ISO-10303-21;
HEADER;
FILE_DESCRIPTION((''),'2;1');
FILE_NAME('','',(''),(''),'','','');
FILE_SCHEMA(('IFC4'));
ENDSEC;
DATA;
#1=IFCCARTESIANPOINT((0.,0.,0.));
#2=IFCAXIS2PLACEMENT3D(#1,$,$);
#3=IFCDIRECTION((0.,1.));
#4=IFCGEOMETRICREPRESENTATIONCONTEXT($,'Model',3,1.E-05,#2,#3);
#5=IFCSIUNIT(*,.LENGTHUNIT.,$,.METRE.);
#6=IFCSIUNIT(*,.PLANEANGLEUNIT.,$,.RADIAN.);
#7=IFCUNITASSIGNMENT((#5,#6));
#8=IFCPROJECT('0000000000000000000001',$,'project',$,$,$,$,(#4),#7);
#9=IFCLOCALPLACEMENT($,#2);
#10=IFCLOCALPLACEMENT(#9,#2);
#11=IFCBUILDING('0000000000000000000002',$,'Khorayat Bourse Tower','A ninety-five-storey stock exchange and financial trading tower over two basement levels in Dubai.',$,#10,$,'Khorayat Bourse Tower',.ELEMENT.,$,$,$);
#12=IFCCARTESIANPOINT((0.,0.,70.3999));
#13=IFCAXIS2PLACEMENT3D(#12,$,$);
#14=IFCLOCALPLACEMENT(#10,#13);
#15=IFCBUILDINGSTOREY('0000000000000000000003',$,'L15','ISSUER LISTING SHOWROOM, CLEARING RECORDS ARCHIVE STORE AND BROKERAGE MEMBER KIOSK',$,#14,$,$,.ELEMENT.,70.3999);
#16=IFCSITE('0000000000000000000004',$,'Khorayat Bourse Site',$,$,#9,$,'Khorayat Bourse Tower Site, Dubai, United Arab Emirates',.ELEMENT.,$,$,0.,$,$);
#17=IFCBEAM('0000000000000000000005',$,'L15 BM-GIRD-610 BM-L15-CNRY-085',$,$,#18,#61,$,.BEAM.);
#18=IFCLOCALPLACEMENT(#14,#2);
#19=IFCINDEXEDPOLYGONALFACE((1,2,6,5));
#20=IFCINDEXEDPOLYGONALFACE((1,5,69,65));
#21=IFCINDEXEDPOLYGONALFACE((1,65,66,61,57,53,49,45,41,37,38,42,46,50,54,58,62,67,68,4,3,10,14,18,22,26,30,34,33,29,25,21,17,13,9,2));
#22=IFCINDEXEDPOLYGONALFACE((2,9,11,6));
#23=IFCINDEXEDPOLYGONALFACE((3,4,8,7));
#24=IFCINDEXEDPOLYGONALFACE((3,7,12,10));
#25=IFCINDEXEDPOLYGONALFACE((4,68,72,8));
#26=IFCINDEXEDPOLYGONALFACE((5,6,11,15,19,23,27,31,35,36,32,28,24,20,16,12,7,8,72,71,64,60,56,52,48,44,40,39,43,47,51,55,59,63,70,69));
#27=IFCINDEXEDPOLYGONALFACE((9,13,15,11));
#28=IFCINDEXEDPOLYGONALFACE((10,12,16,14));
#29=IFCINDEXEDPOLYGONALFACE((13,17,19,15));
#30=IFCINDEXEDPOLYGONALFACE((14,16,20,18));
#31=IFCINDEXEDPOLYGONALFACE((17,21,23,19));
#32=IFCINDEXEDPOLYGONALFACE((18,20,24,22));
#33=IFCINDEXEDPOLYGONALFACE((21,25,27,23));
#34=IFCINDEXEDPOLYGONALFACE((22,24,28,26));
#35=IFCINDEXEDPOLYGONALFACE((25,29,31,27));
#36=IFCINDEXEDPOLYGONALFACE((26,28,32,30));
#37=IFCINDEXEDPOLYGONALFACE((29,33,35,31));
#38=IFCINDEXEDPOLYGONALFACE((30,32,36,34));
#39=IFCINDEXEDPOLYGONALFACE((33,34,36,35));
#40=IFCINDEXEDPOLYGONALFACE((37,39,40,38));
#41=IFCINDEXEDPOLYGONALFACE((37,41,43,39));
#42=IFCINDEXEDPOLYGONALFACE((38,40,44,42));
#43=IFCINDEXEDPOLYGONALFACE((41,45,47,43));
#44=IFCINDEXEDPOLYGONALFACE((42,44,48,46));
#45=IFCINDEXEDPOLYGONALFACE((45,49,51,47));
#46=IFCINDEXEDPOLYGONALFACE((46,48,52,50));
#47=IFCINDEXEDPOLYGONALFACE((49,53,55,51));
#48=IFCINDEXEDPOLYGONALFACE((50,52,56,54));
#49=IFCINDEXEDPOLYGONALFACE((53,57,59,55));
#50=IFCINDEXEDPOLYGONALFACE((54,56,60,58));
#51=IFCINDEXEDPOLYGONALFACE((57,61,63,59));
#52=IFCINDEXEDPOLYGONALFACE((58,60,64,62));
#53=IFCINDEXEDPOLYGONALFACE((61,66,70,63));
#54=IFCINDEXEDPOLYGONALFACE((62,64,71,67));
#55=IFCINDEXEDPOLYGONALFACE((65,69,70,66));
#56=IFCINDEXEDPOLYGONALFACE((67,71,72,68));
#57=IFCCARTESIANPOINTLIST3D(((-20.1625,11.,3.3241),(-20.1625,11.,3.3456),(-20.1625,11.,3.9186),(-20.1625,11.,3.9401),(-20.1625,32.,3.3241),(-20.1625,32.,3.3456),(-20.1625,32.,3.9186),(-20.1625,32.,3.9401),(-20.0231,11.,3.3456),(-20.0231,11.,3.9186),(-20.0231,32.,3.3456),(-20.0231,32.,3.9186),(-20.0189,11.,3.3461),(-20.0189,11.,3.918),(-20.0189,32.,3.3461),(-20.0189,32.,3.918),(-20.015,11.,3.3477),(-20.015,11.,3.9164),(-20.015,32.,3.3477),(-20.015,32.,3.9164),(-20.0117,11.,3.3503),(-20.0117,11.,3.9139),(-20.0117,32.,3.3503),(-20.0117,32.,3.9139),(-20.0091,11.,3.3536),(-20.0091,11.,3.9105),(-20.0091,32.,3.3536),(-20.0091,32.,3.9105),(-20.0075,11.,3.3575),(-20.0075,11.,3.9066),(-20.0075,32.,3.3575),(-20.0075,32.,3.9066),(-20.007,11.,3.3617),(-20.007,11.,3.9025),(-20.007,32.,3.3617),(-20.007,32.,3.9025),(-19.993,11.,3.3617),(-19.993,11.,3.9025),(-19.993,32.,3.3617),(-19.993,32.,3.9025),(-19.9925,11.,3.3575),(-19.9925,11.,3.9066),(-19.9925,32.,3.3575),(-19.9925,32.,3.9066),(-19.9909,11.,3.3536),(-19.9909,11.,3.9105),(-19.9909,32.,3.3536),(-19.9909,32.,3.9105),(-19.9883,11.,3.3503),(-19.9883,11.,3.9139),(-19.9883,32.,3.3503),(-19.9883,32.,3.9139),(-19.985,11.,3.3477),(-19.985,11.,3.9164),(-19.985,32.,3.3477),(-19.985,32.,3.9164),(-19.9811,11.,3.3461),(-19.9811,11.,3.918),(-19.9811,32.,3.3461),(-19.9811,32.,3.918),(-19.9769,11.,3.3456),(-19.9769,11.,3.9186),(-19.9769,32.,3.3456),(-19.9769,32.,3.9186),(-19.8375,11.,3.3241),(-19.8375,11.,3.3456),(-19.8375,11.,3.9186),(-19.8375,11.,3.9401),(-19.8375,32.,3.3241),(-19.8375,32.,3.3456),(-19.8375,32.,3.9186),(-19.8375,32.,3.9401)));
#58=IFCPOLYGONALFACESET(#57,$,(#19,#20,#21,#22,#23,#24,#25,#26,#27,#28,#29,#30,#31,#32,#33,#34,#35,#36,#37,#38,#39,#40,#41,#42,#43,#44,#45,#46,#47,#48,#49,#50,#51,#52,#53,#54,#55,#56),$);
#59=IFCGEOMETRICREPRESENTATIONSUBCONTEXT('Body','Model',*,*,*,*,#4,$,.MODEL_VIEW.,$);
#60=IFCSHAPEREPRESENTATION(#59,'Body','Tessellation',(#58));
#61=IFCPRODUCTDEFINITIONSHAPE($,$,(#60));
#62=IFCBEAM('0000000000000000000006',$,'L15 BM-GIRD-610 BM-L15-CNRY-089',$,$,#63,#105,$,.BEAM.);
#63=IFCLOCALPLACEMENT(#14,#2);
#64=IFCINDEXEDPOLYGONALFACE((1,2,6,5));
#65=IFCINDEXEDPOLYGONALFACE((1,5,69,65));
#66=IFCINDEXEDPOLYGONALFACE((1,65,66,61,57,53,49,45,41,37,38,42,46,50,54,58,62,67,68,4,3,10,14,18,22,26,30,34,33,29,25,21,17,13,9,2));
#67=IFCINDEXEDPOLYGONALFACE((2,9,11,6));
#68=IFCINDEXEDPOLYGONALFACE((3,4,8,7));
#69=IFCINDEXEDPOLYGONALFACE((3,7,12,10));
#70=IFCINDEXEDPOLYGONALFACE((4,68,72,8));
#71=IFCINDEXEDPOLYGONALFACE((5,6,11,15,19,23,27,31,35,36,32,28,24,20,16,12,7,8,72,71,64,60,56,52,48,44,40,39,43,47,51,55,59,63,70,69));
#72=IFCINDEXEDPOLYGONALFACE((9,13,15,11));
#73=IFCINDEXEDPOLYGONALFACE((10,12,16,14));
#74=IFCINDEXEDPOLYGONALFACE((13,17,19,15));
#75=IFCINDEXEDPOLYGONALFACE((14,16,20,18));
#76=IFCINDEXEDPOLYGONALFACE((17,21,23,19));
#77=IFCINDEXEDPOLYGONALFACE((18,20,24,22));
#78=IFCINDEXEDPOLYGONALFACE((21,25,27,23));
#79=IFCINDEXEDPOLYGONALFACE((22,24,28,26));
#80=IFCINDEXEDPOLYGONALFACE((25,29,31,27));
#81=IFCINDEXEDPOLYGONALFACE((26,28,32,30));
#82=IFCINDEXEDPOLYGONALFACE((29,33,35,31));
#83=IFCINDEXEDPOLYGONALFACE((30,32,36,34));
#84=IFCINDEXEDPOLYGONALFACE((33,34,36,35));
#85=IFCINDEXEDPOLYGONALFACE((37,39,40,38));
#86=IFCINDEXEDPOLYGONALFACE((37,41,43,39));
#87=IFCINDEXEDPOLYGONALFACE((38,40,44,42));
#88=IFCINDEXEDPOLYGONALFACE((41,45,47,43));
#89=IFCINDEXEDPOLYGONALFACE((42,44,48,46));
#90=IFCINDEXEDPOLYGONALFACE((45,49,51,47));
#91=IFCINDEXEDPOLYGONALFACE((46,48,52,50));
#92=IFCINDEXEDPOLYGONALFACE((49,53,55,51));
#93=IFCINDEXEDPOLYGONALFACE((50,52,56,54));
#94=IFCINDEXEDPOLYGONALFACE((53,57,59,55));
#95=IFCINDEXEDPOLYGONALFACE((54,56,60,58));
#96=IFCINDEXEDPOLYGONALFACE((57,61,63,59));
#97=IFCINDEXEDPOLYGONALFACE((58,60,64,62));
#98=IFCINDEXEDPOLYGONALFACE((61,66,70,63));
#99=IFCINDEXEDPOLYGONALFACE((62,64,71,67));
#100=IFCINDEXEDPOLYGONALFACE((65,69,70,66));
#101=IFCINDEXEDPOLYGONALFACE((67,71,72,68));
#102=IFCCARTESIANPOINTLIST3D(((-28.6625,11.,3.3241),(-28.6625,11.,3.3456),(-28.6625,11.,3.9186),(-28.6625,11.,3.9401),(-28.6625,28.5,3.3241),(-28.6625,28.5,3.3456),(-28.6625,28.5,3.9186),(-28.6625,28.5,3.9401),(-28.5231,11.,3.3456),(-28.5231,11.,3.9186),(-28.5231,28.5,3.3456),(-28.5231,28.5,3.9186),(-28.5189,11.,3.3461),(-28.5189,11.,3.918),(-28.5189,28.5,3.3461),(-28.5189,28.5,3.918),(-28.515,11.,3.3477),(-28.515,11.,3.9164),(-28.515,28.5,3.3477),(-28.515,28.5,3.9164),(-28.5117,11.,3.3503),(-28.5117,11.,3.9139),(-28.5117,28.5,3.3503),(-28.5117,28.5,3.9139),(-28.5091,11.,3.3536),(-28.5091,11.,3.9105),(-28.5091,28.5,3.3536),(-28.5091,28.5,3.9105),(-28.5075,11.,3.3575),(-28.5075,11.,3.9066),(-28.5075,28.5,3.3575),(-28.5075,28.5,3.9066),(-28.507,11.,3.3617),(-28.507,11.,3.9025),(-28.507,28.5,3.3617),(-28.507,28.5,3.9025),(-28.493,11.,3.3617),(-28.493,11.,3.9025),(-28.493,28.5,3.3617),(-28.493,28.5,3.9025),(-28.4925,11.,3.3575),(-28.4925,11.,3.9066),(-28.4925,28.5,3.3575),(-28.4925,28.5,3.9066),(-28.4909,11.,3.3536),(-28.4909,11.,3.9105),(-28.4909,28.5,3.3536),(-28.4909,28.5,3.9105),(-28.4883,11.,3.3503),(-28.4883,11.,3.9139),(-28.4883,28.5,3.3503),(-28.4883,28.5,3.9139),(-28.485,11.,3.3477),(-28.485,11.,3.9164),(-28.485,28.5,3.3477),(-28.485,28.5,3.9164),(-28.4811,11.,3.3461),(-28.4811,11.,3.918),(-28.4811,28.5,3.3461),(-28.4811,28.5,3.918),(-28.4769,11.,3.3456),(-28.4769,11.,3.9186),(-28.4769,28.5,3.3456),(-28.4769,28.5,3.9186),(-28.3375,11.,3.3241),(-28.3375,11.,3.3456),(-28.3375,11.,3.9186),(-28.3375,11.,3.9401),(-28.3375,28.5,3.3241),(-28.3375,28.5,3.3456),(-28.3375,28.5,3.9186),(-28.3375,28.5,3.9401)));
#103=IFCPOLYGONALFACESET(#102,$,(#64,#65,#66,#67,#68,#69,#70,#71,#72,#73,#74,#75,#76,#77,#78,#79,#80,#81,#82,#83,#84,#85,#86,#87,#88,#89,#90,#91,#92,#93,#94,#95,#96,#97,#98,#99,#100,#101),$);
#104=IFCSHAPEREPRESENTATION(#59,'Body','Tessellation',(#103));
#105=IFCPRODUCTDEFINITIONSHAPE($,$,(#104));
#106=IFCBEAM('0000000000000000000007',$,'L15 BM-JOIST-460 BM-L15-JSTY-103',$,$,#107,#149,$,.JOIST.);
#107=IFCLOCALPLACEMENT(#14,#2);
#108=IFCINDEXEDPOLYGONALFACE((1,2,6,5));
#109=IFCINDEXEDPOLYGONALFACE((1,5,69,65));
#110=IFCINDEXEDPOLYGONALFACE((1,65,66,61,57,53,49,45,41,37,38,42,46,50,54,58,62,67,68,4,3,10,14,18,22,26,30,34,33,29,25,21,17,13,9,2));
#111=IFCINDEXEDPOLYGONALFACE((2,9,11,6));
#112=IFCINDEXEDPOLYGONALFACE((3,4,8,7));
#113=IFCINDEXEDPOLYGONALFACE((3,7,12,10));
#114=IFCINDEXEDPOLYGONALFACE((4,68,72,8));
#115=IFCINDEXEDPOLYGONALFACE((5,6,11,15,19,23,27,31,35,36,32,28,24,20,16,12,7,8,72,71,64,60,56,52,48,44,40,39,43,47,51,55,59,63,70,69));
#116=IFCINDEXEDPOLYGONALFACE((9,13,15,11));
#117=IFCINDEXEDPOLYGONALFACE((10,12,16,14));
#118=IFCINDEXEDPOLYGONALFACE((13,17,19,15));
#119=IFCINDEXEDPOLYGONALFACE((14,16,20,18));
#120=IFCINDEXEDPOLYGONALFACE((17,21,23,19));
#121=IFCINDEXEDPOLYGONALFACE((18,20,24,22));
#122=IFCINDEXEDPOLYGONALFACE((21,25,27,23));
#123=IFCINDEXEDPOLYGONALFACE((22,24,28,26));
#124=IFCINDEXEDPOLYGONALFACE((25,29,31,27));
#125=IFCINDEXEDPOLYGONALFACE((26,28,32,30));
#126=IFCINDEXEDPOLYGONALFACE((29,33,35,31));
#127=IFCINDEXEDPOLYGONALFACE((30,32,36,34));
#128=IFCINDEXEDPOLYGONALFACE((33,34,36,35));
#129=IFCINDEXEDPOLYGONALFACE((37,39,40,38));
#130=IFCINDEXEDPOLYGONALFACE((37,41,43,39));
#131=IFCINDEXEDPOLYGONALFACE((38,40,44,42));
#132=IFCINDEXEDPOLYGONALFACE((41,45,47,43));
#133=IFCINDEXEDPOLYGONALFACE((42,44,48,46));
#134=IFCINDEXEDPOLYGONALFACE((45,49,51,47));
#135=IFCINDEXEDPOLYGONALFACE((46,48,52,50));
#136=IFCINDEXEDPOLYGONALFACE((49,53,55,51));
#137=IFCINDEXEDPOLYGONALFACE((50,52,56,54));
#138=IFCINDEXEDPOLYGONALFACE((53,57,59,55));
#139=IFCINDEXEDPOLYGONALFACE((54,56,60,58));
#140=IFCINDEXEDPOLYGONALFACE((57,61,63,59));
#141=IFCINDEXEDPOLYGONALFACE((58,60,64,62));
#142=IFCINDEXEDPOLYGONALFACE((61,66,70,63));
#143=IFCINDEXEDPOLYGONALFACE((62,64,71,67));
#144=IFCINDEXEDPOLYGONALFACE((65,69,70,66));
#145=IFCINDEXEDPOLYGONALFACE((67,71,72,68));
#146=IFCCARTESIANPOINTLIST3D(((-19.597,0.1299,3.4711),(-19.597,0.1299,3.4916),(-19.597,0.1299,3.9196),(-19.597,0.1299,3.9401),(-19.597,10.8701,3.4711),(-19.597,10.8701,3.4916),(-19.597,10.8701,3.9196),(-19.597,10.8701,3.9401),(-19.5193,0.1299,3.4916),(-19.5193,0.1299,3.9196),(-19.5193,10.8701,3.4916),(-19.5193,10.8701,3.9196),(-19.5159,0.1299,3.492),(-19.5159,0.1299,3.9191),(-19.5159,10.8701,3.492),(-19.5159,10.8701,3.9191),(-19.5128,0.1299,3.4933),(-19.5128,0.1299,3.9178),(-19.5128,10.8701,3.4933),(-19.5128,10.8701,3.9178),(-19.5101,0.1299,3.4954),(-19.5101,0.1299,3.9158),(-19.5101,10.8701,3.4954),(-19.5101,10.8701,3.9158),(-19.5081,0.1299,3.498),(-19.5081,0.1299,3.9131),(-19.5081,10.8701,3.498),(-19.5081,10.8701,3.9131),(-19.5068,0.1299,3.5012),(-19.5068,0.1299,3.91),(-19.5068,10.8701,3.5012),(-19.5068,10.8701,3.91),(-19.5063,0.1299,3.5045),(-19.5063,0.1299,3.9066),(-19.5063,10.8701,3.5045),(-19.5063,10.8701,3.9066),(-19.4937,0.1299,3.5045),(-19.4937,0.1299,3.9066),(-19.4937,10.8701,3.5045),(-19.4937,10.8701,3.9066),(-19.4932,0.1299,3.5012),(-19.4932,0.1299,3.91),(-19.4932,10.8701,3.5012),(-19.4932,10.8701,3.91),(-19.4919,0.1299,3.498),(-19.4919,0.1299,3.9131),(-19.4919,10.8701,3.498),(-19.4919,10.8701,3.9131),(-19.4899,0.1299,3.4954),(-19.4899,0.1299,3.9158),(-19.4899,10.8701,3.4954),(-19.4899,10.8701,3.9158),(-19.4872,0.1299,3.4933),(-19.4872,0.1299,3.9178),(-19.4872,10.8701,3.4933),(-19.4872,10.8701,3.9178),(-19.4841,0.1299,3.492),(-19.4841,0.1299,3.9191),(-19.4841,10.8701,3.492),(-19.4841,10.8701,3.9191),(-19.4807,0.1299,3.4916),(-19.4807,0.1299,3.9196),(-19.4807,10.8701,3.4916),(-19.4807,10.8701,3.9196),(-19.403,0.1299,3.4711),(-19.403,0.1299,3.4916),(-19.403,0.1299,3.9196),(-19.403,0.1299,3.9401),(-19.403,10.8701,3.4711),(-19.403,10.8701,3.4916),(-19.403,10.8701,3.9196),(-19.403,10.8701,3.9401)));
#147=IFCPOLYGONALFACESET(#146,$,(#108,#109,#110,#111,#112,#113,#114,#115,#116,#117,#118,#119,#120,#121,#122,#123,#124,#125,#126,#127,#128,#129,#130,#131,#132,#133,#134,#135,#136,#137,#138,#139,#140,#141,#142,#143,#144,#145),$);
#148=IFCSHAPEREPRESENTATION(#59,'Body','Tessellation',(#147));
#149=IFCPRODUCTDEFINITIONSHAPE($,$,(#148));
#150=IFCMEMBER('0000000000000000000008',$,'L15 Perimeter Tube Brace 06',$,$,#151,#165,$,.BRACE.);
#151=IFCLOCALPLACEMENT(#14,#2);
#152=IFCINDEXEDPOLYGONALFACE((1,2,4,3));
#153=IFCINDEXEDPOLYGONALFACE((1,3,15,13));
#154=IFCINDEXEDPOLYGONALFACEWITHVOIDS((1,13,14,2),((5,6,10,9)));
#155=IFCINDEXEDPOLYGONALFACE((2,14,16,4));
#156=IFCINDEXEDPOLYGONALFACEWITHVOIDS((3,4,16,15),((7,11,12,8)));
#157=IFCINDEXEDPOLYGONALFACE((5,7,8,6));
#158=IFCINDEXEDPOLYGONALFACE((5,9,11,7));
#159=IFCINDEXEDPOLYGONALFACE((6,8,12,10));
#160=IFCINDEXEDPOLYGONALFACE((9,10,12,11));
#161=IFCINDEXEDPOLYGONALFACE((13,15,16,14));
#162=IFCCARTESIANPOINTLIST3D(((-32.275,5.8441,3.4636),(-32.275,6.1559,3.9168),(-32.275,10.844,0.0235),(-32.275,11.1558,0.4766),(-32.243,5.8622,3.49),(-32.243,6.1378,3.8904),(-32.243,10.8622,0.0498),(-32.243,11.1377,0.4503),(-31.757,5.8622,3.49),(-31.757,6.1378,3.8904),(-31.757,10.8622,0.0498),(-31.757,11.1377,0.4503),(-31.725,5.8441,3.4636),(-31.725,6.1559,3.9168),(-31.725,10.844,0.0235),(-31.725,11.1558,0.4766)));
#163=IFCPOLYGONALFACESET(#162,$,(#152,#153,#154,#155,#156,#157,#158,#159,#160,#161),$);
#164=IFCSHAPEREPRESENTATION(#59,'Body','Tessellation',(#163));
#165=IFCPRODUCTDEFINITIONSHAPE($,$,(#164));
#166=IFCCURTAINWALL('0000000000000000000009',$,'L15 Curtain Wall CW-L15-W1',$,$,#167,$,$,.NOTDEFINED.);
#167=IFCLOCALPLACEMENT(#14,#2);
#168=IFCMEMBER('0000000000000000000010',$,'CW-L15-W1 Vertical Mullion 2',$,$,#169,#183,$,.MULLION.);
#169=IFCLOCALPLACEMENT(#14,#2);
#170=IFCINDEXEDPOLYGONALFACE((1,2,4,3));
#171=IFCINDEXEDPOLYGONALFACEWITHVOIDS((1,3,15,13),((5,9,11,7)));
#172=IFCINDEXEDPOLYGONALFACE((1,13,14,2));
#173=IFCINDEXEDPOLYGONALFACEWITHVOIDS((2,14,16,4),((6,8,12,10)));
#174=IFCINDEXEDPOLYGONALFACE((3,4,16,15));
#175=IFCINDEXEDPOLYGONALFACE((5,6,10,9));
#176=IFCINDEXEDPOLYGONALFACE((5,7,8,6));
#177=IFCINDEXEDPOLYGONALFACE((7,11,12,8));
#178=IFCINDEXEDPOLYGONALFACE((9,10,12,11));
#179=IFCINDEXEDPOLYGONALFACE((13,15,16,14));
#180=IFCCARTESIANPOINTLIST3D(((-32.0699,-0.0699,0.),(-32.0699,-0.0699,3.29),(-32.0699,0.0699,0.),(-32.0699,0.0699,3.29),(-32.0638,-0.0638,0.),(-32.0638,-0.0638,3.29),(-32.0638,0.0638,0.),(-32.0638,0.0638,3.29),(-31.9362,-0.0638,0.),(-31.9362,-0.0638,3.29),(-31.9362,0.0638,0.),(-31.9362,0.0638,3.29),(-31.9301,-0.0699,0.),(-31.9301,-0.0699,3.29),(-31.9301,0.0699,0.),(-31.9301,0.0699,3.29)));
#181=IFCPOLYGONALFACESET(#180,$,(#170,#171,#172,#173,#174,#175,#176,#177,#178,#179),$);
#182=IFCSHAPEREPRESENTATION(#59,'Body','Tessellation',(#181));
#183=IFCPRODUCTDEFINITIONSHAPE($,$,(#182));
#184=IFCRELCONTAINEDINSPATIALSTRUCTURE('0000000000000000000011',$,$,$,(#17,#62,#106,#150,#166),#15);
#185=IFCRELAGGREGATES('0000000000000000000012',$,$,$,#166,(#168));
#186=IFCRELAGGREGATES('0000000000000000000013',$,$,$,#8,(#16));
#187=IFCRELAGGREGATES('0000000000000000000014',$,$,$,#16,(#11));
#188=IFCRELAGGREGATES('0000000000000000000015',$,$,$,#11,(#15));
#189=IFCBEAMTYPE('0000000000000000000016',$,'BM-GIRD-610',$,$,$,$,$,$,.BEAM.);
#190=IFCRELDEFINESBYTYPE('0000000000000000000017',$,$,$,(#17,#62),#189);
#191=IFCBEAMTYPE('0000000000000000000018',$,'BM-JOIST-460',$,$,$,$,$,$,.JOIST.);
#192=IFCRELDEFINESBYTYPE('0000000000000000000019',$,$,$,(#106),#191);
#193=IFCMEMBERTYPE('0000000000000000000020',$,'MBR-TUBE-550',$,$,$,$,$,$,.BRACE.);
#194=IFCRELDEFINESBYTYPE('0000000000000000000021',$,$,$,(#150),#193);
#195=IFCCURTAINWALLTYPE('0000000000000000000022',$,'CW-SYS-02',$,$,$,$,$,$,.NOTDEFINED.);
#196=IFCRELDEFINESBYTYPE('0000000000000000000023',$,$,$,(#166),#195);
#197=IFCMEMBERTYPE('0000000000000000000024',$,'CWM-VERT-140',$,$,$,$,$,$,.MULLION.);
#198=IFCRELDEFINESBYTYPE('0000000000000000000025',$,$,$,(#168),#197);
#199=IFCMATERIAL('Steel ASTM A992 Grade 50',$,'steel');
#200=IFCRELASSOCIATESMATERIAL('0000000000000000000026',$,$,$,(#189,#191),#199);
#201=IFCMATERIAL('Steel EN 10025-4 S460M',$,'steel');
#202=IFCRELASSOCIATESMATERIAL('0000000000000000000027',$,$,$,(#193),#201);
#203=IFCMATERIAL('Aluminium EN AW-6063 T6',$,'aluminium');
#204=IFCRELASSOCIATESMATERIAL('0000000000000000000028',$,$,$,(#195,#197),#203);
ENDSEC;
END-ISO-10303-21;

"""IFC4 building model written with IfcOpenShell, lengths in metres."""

from ifc_helpers import new_model, si_unit, direction, frame, origin, origin_2d, place, context, subcontext, project, spatial, hollow_rectangle, i_section, extrude, source, transform, mapped, material, material_profile, profile_set, type_object, element, aggregate, save


model = new_model("IFC4")

# Units and contexts
model_context = context("Model", 3, precision=1e-05, world=origin(), true_north=direction((0.0, 1.0)))
body_context = subcontext(model_context, "Body", "Model", "MODEL_VIEW")
ifc_project = project(units=[si_unit("LENGTHUNIT", "METRE"), si_unit("PLANEANGLEUNIT", "RADIAN")], contexts=[model_context])

# Site, building, storey
site_placement = place(None, origin())
site = spatial("IfcSite", under=ifc_project, at=site_placement, Name="Khorayat Bourse Site", LongName="Khorayat Bourse Tower Site, Dubai, United Arab Emirates", CompositionType="ELEMENT", RefElevation=0.0)
building_placement = place(site_placement, origin())
building = spatial("IfcBuilding", under=site, at=building_placement, Name="Khorayat Bourse Tower", Description="A ninety-five-storey stock exchange and financial trading tower over two basement levels in Dubai.", LongName="Khorayat Bourse Tower", CompositionType="ELEMENT")
storey_placement = place(building_placement, frame((0.0, 0.0, 70.3999)))
storey = spatial("IfcBuildingStorey", under=building, at=storey_placement, Name="L15", Description="ISSUER LISTING SHOWROOM, CLEARING RECORDS ARCHIVE STORE AND BROKERAGE MEMBER KIOSK", CompositionType="ELEMENT", Elevation=70.3999)

# Shared definitions
ifc_material_1 = material(Name="Steel EN 10025-4 S460M", Category="steel")

# Beams
ifc_material_2 = material(Name="Steel ASTM A992 Grade 50", Category="steel")
ifc_material_profile_1 = material_profile(ifc_material_2, i_section(OverallWidth=0.325, OverallDepth=0.616, WebThickness=0.0139, FlangeThickness=0.0215, FilletRadius=0.0161, at=origin_2d()), Name="W610X174")
ifc_profile_set_1 = profile_set([ifc_material_profile_1], Name="Steel ASTM A992 Grade 50")
beam_type_1 = type_object("IfcBeamType", Name="BM-GIRD-610", PredefinedType="BEAM", material=ifc_profile_set_1)
shared_shape_1 = source(origin(), body_context, "Body", "SweptSolid", [
    extrude(i_section(OverallWidth=0.325, OverallDepth=0.616, WebThickness=0.0139, FlangeThickness=0.0215, FilletRadius=0.0161, at=origin_2d()), origin(), (0.0, 0.0, 1.0), 21.0),
])
beam_1_placement = place(storey_placement, frame((-20.0, 11.0, 3.6321), z_axis=(0.0, 1.0, 0.0), x_axis=(-1.0, 0.0, 0.0)))
element("IfcBeam", 1, at=beam_1_placement, inside=storey, type_object=beam_type_1, Name="L15 BM-GIRD-610 BM-L15-CNRY-085", PredefinedType="BEAM", context=body_context, shape_type="MappedRepresentation", body=[
    mapped(shared_shape_1, transform((0.0, 0.0, 0.0), scale=1.0)),
])
shared_shape_2 = source(origin(), body_context, "Body", "SweptSolid", [
    extrude(i_section(OverallWidth=0.325, OverallDepth=0.616, WebThickness=0.0139, FlangeThickness=0.0215, FilletRadius=0.0161, at=origin_2d()), origin(), (0.0, 0.0, 1.0), 17.5),
])
beam_2_placement = place(storey_placement, frame((-28.5, 11.0, 3.6321), z_axis=(0.0, 1.0, 0.0), x_axis=(-1.0, 0.0, 0.0)))
element("IfcBeam", 2, at=beam_2_placement, inside=storey, type_object=beam_type_1, Name="L15 BM-GIRD-610 BM-L15-CNRY-089", PredefinedType="BEAM", context=body_context, shape_type="MappedRepresentation", body=[
    mapped(shared_shape_2, transform((0.0, 0.0, 0.0), scale=1.0)),
])
ifc_material_profile_2 = material_profile(ifc_material_2, i_section(OverallWidth=0.1941, OverallDepth=0.469, WebThickness=0.0127, FlangeThickness=0.0205, FilletRadius=0.0129, at=origin_2d()), Name="W460X106")
ifc_profile_set_2 = profile_set([ifc_material_profile_2], Name="Steel ASTM A992 Grade 50")
beam_type_2 = type_object("IfcBeamType", Name="BM-JOIST-460", PredefinedType="JOIST", material=ifc_profile_set_2)
shared_shape_3 = source(origin(), body_context, "Body", "SweptSolid", [
    extrude(i_section(OverallWidth=0.1941, OverallDepth=0.469, WebThickness=0.0127, FlangeThickness=0.0205, FilletRadius=0.0129, at=origin_2d()), origin(), (0.0, 0.0, 1.0), 10.7402),
])
beam_3_placement = place(storey_placement, frame((-19.5, 0.1299, 3.7056), z_axis=(0.0, 1.0, 0.0), x_axis=(-1.0, 0.0, 0.0)))
element("IfcBeam", 3, at=beam_3_placement, inside=storey, type_object=beam_type_2, Name="L15 BM-JOIST-460 BM-L15-JSTY-103", PredefinedType="JOIST", context=body_context, shape_type="MappedRepresentation", body=[
    mapped(shared_shape_3, transform((0.0, 0.0, 0.0), scale=1.0)),
])

# Member
ifc_material_profile_3 = material_profile(ifc_material_1, hollow_rectangle(XDim=0.55, YDim=0.55, WallThickness=0.032, at=origin_2d()), Name="HSS 550x550x32")
ifc_profile_set_3 = profile_set([ifc_material_profile_3], Name="Steel EN 10025-4 S460M")
member_type_1 = type_object("IfcMemberType", Name="MBR-TUBE-550", PredefinedType="BRACE", material=ifc_profile_set_3)
shared_shape_4 = source(origin(), body_context, "Body", "SweptSolid", [
    extrude(hollow_rectangle(XDim=0.55, YDim=0.55, WallThickness=0.032, at=origin_2d()), origin(), (0.0, 0.0, 1.0), 6.0691),
])
member_1_placement = place(storey_placement, frame((-32.0, 6.0, 3.6902), z_axis=(0.0, 0.823835, -0.566829), x_axis=(-1.0, 0.0, 0.0)))
element("IfcMember", 4, at=member_1_placement, inside=storey, type_object=member_type_1, Name="L15 Perimeter Tube Brace 06", PredefinedType="BRACE", context=body_context, shape_type="MappedRepresentation", body=[
    mapped(shared_shape_4, transform((0.0, 0.0, 0.0), scale=1.0)),
])

# Curtain wall, member
ifc_material_3 = material(Name="Aluminium EN AW-6063 T6", Category="aluminium")
curtain_wall_type = type_object("IfcCurtainWallType", Name="CW-SYS-02", PredefinedType="NOTDEFINED", material=ifc_material_3)
curtain_wall_placement = place(storey_placement, origin())
curtain_wall = element("IfcCurtainWall", 5, at=curtain_wall_placement, inside=storey, type_object=curtain_wall_type, Name="L15 Curtain Wall CW-L15-W1", PredefinedType="NOTDEFINED")
ifc_material_profile_4 = material_profile(ifc_material_3, hollow_rectangle(XDim=0.1399, YDim=0.1399, WallThickness=0.0061, at=origin_2d()), Name="ALU 140x140x6")
ifc_profile_set_4 = profile_set([ifc_material_profile_4], Name="Aluminium EN AW-6063 T6")
member_type_2 = type_object("IfcMemberType", Name="CWM-VERT-140", PredefinedType="MULLION", material=ifc_profile_set_4)
shared_shape_5 = source(origin(), body_context, "Body", "SweptSolid", [
    extrude(hollow_rectangle(XDim=0.1399, YDim=0.1399, WallThickness=0.0061, at=origin_2d()), origin(), (0.0, 0.0, 1.0), 3.29),
])
member_2_placement = place(storey_placement, frame((-32.0, 0.0, 0.0), z_axis=(0.0, 0.0, 1.0), x_axis=(-1.0, 0.0, 0.0)))
member_2 = element("IfcMember", 6, at=member_2_placement, type_object=member_type_2, Name="CW-L15-W1 Vertical Mullion 2", PredefinedType="MULLION", context=body_context, shape_type="MappedRepresentation", body=[
    mapped(shared_shape_5, transform((0.0, 0.0, 0.0), scale=1.0)),
])
aggregate(curtain_wall, [member_2])

save(model, "model.ifc")
